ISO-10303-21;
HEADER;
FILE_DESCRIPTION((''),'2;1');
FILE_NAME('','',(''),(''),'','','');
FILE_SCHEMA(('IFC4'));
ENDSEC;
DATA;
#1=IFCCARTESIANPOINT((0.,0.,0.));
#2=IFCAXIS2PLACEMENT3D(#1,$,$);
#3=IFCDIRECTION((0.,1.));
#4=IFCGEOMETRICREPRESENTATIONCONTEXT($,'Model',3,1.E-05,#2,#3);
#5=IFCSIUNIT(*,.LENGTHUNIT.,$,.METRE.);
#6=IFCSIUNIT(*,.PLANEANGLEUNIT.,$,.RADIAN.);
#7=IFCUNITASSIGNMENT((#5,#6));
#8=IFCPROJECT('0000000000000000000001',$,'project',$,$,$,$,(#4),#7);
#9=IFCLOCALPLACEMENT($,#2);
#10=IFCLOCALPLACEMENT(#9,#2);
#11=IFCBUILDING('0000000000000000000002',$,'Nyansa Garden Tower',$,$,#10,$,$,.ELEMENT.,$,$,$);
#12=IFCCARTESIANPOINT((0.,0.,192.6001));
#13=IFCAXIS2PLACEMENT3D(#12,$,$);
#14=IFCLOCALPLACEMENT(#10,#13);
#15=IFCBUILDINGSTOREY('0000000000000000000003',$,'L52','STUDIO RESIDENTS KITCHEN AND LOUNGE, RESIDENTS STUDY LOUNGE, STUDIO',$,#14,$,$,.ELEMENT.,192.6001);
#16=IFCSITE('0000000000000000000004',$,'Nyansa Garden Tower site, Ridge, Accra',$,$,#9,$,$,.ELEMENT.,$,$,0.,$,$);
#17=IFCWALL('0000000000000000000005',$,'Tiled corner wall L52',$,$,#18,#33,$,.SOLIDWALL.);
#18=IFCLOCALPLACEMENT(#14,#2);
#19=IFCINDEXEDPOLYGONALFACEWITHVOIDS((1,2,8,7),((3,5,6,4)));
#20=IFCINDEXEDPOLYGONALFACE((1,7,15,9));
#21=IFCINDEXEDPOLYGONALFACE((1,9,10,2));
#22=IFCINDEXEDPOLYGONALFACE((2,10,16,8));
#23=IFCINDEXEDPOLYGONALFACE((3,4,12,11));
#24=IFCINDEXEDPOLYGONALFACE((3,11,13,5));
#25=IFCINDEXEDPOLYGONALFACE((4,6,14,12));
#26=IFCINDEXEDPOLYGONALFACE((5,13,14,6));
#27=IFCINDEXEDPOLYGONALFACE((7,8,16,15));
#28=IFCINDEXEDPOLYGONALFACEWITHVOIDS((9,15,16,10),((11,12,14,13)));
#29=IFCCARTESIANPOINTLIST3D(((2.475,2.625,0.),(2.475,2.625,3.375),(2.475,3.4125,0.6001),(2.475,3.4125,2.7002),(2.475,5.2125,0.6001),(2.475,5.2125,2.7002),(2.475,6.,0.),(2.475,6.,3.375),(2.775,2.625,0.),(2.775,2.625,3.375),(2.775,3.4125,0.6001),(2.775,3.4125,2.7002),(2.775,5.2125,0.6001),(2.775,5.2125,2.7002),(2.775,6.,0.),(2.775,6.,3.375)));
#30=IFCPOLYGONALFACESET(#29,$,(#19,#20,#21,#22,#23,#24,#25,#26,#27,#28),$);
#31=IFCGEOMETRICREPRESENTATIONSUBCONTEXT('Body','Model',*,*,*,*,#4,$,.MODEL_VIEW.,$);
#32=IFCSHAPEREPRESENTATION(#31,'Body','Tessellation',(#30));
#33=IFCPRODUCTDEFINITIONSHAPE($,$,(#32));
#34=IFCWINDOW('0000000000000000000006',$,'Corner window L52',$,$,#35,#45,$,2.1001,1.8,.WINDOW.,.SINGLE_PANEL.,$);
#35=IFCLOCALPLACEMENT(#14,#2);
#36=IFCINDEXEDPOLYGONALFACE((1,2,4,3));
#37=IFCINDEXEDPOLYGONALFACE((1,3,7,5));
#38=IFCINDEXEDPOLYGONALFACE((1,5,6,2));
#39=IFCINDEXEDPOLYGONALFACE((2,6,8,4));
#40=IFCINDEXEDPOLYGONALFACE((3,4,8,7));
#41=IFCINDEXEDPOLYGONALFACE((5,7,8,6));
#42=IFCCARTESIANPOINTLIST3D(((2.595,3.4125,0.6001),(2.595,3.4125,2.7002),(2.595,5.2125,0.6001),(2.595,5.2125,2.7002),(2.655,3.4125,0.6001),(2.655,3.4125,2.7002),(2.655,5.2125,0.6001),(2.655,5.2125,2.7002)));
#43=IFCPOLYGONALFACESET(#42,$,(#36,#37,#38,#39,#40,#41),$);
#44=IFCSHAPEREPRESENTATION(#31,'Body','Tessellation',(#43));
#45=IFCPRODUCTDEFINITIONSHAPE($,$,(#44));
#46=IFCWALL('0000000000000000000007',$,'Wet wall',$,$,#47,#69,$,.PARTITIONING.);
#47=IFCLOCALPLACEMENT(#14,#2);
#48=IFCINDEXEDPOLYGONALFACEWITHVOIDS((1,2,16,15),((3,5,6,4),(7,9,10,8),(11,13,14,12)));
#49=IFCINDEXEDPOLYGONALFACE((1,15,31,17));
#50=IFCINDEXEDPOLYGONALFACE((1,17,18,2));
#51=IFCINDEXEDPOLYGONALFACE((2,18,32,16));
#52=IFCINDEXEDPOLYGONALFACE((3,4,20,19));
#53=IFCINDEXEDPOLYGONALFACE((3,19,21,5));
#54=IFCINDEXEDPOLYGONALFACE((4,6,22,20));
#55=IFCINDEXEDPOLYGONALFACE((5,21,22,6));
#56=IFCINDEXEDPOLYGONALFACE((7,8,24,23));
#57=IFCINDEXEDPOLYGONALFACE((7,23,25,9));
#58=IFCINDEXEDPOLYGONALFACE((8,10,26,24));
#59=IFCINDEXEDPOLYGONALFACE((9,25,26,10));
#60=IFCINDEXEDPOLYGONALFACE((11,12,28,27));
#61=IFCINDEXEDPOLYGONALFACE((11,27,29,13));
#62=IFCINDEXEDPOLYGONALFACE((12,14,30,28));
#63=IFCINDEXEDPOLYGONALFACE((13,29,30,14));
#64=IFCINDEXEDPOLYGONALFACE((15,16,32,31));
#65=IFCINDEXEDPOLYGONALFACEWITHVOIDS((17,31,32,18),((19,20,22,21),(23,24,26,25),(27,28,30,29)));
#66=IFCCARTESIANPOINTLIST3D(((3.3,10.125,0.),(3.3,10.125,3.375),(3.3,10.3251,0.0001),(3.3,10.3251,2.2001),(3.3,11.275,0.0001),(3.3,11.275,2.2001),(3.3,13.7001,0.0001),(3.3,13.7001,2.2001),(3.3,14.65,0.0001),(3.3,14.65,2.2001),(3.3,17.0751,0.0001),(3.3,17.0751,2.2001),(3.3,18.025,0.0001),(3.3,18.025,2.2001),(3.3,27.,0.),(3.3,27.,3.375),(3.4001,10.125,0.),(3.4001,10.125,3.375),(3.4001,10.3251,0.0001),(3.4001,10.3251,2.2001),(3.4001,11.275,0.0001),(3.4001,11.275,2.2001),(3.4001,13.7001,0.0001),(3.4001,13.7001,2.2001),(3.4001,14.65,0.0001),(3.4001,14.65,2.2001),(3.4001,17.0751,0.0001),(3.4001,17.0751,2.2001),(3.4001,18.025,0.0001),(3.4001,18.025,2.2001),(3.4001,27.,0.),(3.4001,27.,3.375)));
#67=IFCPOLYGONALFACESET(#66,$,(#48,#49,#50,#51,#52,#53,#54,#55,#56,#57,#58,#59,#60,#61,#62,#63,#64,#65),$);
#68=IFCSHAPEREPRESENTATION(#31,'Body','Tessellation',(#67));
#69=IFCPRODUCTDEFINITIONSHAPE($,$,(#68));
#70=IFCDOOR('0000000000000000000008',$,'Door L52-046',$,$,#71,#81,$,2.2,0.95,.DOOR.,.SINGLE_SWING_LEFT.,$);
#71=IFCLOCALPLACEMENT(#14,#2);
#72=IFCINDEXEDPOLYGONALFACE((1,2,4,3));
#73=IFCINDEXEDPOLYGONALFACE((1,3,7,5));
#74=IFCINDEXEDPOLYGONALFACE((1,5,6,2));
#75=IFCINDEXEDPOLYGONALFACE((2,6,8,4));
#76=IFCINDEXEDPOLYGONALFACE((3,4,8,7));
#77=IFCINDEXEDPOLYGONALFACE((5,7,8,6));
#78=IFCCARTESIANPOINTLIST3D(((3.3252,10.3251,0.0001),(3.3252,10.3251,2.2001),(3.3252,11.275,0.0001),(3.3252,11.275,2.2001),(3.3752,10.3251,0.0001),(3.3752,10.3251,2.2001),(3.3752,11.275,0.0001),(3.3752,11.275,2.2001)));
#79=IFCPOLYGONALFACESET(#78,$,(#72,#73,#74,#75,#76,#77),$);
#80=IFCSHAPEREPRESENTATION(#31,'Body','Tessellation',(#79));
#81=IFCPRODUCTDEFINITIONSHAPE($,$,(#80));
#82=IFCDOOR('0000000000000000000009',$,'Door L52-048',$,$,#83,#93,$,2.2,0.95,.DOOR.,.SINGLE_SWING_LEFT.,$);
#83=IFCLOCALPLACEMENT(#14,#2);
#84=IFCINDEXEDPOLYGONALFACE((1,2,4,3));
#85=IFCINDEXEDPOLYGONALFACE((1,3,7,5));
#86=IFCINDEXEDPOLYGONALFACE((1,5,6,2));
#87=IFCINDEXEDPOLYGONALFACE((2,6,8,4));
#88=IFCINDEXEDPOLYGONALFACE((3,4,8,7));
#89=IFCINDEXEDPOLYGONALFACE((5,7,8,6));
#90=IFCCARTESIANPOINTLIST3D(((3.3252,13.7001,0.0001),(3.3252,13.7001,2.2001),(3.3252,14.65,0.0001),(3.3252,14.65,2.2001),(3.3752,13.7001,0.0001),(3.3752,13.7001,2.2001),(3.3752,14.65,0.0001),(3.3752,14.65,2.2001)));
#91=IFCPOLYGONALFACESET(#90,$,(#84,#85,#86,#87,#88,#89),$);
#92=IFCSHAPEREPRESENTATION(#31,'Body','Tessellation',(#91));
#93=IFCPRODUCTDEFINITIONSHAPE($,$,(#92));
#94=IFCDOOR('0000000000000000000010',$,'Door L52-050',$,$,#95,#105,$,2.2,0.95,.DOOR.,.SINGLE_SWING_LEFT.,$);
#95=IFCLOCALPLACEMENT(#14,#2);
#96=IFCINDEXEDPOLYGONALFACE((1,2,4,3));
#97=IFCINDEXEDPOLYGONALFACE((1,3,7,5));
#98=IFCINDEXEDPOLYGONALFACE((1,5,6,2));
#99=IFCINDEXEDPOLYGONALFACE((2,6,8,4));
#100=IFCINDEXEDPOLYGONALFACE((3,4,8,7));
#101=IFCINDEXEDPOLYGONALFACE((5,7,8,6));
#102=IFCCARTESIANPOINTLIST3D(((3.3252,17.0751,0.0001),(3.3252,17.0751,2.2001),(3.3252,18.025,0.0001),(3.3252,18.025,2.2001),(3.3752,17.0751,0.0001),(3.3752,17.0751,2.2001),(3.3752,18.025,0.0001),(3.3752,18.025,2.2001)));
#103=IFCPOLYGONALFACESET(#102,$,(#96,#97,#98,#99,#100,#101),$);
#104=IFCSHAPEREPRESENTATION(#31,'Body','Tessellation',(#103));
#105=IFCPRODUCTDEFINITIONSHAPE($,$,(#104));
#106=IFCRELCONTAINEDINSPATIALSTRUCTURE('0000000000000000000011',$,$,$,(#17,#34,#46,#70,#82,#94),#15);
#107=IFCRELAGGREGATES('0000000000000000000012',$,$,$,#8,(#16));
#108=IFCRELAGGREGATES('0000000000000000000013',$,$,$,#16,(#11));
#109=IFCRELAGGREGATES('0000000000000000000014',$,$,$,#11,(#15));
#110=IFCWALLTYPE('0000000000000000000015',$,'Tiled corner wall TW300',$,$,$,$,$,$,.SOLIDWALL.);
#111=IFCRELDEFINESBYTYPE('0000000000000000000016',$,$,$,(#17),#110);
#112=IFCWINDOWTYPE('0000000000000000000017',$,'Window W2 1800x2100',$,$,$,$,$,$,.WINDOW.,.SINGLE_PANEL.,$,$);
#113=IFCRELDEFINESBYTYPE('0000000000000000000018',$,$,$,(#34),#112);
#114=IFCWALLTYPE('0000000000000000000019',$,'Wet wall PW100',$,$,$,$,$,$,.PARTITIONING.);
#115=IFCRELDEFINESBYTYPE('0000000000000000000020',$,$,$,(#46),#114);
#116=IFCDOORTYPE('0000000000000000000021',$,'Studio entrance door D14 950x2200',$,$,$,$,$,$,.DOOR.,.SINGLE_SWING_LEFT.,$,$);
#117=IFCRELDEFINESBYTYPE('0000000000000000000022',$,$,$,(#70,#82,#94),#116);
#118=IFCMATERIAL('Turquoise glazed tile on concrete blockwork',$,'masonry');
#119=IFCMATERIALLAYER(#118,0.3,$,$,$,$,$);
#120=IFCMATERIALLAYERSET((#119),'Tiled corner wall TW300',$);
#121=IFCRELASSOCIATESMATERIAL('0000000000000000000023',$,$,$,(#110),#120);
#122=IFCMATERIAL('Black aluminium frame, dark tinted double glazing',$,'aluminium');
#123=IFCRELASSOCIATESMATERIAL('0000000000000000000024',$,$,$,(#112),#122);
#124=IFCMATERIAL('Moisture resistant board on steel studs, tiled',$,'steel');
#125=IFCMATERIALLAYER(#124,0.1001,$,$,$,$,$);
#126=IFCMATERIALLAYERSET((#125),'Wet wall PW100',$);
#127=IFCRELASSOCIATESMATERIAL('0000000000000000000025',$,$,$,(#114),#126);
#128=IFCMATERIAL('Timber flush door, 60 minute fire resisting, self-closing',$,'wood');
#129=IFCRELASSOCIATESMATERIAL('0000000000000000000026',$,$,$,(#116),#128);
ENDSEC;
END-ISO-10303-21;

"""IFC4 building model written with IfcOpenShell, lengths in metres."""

from ifc_helpers import new_model, si_unit, direction, frame, frame_2d, origin, place, context, subcontext, project, spatial, rectangle, extrude, material, layer, layer_set, type_object, element, fill, save


model = new_model("IFC4")

# Units and contexts
model_context = context("Model", 3, precision=1e-05, world=origin(), true_north=direction((0.0, 1.0)))
body_context = subcontext(model_context, "Body", "Model", "MODEL_VIEW")
ifc_project = project(units=[si_unit("LENGTHUNIT", "METRE"), si_unit("PLANEANGLEUNIT", "RADIAN")], contexts=[model_context])

# Site, building, storey
site_placement = place(None, origin())
site = spatial("IfcSite", under=ifc_project, at=site_placement, Name="Nyansa Garden Tower site, Ridge, Accra", CompositionType="ELEMENT", RefElevation=0.0)
building_placement = place(site_placement, origin())
building = spatial("IfcBuilding", under=site, at=building_placement, Name="Nyansa Garden Tower", CompositionType="ELEMENT")
storey_placement = place(building_placement, frame((0.0, 0.0, 192.6001)))
storey = spatial("IfcBuildingStorey", under=building, at=storey_placement, Name="L52", Description="STUDIO RESIDENTS KITCHEN AND LOUNGE, RESIDENTS STUDY LOUNGE, STUDIO", CompositionType="ELEMENT", Elevation=192.6001)

# Wall, opening, window
ifc_material_1 = material(Name="Turquoise glazed tile on concrete blockwork", Category="masonry")
ifc_layer_1 = layer(ifc_material_1, 0.3)
ifc_layer_set_1 = layer_set([ifc_layer_1], Name="Tiled corner wall TW300")
wall_type_1 = type_object("IfcWallType", Name="Tiled corner wall TW300", PredefinedType="SOLIDWALL", material=ifc_layer_set_1)
wall_1_placement = place(storey_placement, frame((2.625, 6.0, 0.0), z_axis=(0.0, 0.0, 1.0), x_axis=(0.0, -1.0, 0.0)))
wall_1 = element("IfcWall", 1, at=wall_1_placement, inside=storey, type_object=wall_type_1, Name="Tiled corner wall L52", PredefinedType="SOLIDWALL", context=body_context, shape_type="SweptSolid", body=[
    extrude(rectangle(XDim=3.375, YDim=0.3, at=frame_2d((1.6875, 0.0))), origin(), (0.0, 0.0, 1.0), 3.375),
])
opening_1_placement = place(wall_1_placement, frame((0.7876, 0.0, 0.6001)))
opening_1 = element("IfcOpeningElement", 2, at=opening_1_placement, cuts=wall_1, PredefinedType="OPENING", context=body_context, shape_type="SweptSolid", body=[
    extrude(rectangle(XDim=1.8, YDim=2.1001, at=frame_2d((0.8999, 1.05))), frame((0.0, 0.1599, 0.0), z_axis=(0.0, -1.0, 0.0), x_axis=(1.0, 0.0, 0.0)), (0.0, 0.0, 1.0), 0.3201),
])
ifc_material_2 = material(Name="Black aluminium frame, dark tinted double glazing", Category="aluminium")
window_type = type_object("IfcWindowType", Name="Window W2 1800x2100", PartitioningType="SINGLE_PANEL", PredefinedType="WINDOW", material=ifc_material_2)
window_placement = place(opening_1_placement, origin())
window = element("IfcWindow", 3, at=window_placement, inside=storey, type_object=window_type, Name="Corner window L52", OverallHeight=2.1001, OverallWidth=1.8, PartitioningType="SINGLE_PANEL", PredefinedType="WINDOW", context=body_context, shape_type="SweptSolid", body=[
    extrude(rectangle(XDim=1.8, YDim=2.1001, at=frame_2d((0.8999, 1.05))), frame((0.0, 0.03, 0.0), z_axis=(0.0, -1.0, 0.0), x_axis=(1.0, 0.0, 0.0)), (0.0, 0.0, 1.0), 0.0601),
])
fill(opening_1, window)

# Wall, openings, doors
ifc_material_3 = material(Name="Moisture resistant board on steel studs, tiled", Category="steel")
ifc_layer_2 = layer(ifc_material_3, 0.1001)
ifc_layer_set_2 = layer_set([ifc_layer_2], Name="Wet wall PW100")
wall_type_2 = type_object("IfcWallType", Name="Wet wall PW100", PredefinedType="PARTITIONING", material=ifc_layer_set_2)
wall_2_placement = place(storey_placement, frame((3.3501, 10.125, 0.0), z_axis=(0.0, 0.0, 1.0), x_axis=(0.0, 1.0, 0.0)))
wall_2 = element("IfcWall", 4, at=wall_2_placement, inside=storey, type_object=wall_type_2, Name="Wet wall", PredefinedType="PARTITIONING", context=body_context, shape_type="SweptSolid", body=[
    extrude(rectangle(XDim=16.875, YDim=0.1001, at=frame_2d((8.4375, 0.0))), origin(), (0.0, 0.0, 1.0), 3.375),
])
opening_2_placement = place(wall_2_placement, frame((0.2, 0.0, 0.0)))
opening_2 = element("IfcOpeningElement", 5, at=opening_2_placement, cuts=wall_2, PredefinedType="OPENING", context=body_context, shape_type="SweptSolid", body=[
    extrude(rectangle(XDim=0.95, YDim=2.2, at=frame_2d((0.4751, 1.1001))), frame((0.0, 0.0601, 0.0), z_axis=(0.0, -1.0, 0.0), x_axis=(1.0, 0.0, 0.0)), (0.0, 0.0, 1.0), 0.1201),
])
opening_3_placement = place(wall_2_placement, frame((3.575, 0.0, 0.0)))
opening_3 = element("IfcOpeningElement", 6, at=opening_3_placement, cuts=wall_2, PredefinedType="OPENING", context=body_context, shape_type="SweptSolid", body=[
    extrude(rectangle(XDim=0.95, YDim=2.2, at=frame_2d((0.4751, 1.1001))), frame((0.0, 0.0601, 0.0), z_axis=(0.0, -1.0, 0.0), x_axis=(1.0, 0.0, 0.0)), (0.0, 0.0, 1.0), 0.1201),
])
opening_4_placement = place(wall_2_placement, frame((6.95, 0.0, 0.0)))
opening_4 = element("IfcOpeningElement", 7, at=opening_4_placement, cuts=wall_2, PredefinedType="OPENING", context=body_context, shape_type="SweptSolid", body=[
    extrude(rectangle(XDim=0.95, YDim=2.2, at=frame_2d((0.4751, 1.1001))), frame((0.0, 0.0601, 0.0), z_axis=(0.0, -1.0, 0.0), x_axis=(1.0, 0.0, 0.0)), (0.0, 0.0, 1.0), 0.1201),
])
ifc_material_4 = material(Name="Timber flush door, 60 minute fire resisting, self-closing", Category="wood")
door_type_1 = type_object("IfcDoorType", Name="Studio entrance door D14 950x2200", OperationType="SINGLE_SWING_LEFT", PredefinedType="DOOR", material=ifc_material_4)
door_1_placement = place(opening_2_placement, origin())
door_1 = element("IfcDoor", 8, at=door_1_placement, inside=storey, type_object=door_type_1, Name="Door L52-046", OperationType="SINGLE_SWING_LEFT", OverallHeight=2.2, OverallWidth=0.95, PredefinedType="DOOR", context=body_context, shape_type="SweptSolid", body=[
    extrude(rectangle(XDim=0.95, YDim=2.2, at=frame_2d((0.4751, 1.1001))), frame((0.0, 0.0249, 0.0), z_axis=(0.0, -1.0, 0.0), x_axis=(1.0, 0.0, 0.0)), (0.0, 0.0, 1.0), 0.05),
])
fill(opening_2, door_1)
door_2_placement = place(opening_3_placement, origin())
door_2 = element("IfcDoor", 9, at=door_2_placement, inside=storey, type_object=door_type_1, Name="Door L52-048", OperationType="SINGLE_SWING_LEFT", OverallHeight=2.2, OverallWidth=0.95, PredefinedType="DOOR", context=body_context, shape_type="SweptSolid", body=[
    extrude(rectangle(XDim=0.95, YDim=2.2, at=frame_2d((0.4751, 1.1001))), frame((0.0, 0.0249, 0.0), z_axis=(0.0, -1.0, 0.0), x_axis=(1.0, 0.0, 0.0)), (0.0, 0.0, 1.0), 0.05),
])
fill(opening_3, door_2)
door_3_placement = place(opening_4_placement, origin())
door_3 = element("IfcDoor", 10, at=door_3_placement, inside=storey, type_object=door_type_1, Name="Door L52-050", OperationType="SINGLE_SWING_LEFT", OverallHeight=2.2, OverallWidth=0.95, PredefinedType="DOOR", context=body_context, shape_type="SweptSolid", body=[
    extrude(rectangle(XDim=0.95, YDim=2.2, at=frame_2d((0.4751, 1.1001))), frame((0.0, 0.0249, 0.0), z_axis=(0.0, -1.0, 0.0), x_axis=(1.0, 0.0, 0.0)), (0.0, 0.0, 1.0), 0.05),
])
fill(opening_4, door_3)

save(model, "model.ifc")
